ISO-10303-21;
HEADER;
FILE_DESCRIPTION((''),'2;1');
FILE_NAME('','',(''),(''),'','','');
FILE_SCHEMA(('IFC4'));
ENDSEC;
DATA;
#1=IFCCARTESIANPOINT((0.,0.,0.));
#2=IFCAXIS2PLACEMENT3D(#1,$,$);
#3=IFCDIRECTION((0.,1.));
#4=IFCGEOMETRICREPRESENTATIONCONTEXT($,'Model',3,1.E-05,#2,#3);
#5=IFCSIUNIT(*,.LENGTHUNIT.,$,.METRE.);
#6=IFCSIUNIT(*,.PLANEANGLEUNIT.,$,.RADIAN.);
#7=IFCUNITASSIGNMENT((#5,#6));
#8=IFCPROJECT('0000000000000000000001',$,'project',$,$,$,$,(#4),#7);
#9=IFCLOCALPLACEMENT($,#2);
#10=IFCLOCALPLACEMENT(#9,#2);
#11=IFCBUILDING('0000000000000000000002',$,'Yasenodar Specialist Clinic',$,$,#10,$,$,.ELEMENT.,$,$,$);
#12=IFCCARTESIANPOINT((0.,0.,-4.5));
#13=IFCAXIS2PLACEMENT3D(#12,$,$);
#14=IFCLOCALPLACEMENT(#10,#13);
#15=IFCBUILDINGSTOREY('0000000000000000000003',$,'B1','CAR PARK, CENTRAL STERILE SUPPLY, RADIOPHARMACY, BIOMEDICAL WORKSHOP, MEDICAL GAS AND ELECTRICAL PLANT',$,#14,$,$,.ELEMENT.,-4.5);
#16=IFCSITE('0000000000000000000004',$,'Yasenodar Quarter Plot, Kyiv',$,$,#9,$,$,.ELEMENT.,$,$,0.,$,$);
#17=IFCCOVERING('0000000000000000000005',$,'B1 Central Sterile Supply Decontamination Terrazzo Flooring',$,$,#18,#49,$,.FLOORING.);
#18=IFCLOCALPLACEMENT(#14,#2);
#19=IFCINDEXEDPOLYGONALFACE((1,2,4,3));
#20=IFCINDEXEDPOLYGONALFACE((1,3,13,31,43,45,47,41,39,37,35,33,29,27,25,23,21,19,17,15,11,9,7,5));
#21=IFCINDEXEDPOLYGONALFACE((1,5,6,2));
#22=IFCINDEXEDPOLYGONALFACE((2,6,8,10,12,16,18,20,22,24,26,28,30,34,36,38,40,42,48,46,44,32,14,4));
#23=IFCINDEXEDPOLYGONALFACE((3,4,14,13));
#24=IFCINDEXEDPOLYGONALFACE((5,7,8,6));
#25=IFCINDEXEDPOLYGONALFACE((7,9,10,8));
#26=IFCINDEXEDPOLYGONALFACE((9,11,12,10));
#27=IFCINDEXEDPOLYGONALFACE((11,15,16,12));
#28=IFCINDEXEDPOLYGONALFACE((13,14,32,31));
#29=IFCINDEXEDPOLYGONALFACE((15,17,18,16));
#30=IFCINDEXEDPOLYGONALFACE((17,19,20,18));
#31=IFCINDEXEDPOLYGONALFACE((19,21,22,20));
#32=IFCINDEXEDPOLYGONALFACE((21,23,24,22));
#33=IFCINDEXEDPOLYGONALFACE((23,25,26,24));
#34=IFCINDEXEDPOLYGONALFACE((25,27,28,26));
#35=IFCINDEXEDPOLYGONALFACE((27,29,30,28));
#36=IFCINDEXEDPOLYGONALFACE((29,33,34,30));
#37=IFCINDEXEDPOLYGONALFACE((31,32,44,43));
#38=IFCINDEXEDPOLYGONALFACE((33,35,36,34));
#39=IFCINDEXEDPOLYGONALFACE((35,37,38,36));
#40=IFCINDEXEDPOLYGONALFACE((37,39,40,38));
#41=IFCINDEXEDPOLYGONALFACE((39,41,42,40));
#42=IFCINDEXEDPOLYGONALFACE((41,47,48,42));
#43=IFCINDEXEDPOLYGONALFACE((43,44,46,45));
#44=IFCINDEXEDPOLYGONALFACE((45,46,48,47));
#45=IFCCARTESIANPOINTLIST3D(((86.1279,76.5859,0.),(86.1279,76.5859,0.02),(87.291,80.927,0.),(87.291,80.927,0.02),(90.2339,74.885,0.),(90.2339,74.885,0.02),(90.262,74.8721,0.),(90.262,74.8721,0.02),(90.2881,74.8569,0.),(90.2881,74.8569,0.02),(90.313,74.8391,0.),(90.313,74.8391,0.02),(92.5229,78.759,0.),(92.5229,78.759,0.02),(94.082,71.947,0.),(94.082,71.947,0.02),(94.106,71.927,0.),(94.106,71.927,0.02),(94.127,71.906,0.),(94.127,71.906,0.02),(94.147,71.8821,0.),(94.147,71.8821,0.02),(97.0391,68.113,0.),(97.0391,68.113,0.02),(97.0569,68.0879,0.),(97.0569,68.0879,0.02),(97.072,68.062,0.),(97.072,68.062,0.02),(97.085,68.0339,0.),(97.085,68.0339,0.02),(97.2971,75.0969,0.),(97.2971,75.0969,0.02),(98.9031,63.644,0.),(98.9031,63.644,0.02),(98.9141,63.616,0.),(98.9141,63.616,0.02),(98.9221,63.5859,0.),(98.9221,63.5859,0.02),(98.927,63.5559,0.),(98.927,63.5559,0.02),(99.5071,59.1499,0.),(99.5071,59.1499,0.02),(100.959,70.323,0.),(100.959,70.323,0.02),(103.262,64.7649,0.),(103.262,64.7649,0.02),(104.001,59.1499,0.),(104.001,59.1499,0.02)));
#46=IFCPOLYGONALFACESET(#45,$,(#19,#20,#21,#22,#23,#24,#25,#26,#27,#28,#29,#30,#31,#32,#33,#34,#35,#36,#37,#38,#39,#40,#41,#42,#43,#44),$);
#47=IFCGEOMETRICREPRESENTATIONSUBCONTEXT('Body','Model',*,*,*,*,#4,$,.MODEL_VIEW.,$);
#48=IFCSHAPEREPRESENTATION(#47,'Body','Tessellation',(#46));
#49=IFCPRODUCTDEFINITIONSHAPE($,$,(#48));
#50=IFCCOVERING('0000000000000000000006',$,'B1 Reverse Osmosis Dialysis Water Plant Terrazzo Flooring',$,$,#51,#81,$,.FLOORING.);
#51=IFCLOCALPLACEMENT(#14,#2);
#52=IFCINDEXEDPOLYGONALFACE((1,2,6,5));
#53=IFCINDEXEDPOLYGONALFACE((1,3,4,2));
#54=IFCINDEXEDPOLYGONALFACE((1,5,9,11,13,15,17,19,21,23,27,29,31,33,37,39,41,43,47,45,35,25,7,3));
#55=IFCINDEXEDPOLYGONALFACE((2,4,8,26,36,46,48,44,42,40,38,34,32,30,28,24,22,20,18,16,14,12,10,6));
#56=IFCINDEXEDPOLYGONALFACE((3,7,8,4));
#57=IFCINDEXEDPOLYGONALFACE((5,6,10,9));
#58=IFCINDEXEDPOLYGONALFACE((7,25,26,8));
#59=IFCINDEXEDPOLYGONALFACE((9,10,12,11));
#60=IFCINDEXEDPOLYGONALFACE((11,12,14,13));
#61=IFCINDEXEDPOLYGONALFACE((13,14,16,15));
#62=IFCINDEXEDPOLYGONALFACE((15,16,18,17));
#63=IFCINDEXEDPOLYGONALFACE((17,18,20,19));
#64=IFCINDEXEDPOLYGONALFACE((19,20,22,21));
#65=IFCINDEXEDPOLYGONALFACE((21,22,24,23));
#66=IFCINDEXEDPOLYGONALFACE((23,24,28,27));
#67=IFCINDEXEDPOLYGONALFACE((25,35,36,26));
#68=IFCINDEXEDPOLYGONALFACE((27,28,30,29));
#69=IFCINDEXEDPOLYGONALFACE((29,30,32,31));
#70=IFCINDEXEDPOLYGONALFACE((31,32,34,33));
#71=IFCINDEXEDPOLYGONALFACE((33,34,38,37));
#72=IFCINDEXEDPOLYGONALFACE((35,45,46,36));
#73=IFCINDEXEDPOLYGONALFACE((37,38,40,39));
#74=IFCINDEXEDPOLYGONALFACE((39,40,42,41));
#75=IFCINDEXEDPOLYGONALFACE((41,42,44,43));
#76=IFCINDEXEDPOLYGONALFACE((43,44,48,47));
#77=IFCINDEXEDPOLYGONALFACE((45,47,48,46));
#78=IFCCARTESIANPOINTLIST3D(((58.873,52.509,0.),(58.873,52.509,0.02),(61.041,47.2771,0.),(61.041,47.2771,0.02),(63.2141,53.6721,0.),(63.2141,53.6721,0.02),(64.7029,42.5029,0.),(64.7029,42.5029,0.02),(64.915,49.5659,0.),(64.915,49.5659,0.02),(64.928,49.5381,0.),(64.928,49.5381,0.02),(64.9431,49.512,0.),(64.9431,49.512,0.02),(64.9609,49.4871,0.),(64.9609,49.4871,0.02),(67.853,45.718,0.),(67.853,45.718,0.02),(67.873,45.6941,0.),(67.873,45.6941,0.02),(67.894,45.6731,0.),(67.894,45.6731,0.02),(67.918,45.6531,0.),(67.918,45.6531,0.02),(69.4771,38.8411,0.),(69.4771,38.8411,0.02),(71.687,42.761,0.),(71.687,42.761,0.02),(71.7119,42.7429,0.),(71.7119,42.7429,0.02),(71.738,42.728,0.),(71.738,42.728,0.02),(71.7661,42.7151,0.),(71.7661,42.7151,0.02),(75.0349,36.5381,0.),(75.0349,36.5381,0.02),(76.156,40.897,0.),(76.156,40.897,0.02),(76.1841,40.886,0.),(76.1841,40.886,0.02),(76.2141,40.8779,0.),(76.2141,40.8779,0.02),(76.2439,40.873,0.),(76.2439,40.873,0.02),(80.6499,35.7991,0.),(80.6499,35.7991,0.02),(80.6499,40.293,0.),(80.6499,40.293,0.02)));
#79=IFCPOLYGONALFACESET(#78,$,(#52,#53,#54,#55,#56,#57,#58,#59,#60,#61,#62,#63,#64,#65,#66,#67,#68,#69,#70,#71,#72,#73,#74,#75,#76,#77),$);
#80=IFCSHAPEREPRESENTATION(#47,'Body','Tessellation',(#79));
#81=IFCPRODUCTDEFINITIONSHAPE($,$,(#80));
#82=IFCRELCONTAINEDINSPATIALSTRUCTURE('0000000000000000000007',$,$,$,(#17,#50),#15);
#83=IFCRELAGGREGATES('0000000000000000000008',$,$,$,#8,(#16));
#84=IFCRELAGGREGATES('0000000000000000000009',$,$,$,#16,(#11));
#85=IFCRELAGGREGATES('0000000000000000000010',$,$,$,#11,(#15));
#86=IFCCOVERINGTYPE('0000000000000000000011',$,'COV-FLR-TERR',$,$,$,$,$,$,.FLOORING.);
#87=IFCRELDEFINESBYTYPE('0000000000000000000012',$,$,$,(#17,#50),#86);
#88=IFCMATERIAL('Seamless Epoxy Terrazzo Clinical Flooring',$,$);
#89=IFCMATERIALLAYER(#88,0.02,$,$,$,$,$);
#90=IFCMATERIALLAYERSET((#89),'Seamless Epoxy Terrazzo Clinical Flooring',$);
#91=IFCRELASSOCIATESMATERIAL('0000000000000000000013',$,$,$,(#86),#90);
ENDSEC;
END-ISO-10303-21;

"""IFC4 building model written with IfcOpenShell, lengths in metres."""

from ifc_helpers import new_model, si_unit, direction, frame, origin, place, context, subcontext, project, spatial, polyline, outline, extrude, material, layer, layer_set, type_object, element, save


model = new_model("IFC4")

# Units and contexts
model_context = context("Model", 3, precision=1e-05, world=origin(), true_north=direction((0.0, 1.0)))
body_context = subcontext(model_context, "Body", "Model", "MODEL_VIEW")
ifc_project = project(units=[si_unit("LENGTHUNIT", "METRE"), si_unit("PLANEANGLEUNIT", "RADIAN")], contexts=[model_context])

# Site, building, storey
site_placement = place(None, origin())
site = spatial("IfcSite", under=ifc_project, at=site_placement, Name="Yasenodar Quarter Plot, Kyiv", CompositionType="ELEMENT", RefElevation=0.0)
building_placement = place(site_placement, origin())
building = spatial("IfcBuilding", under=site, at=building_placement, Name="Yasenodar Specialist Clinic", CompositionType="ELEMENT")
storey_placement = place(building_placement, frame((0.0, 0.0, -4.5)))
storey = spatial("IfcBuildingStorey", under=building, at=storey_placement, Name="B1", Description="CAR PARK, CENTRAL STERILE SUPPLY, RADIOPHARMACY, BIOMEDICAL WORKSHOP, MEDICAL GAS AND ELECTRICAL PLANT", CompositionType="ELEMENT", Elevation=-4.5)

# Coverings
ifc_material_1 = material(Name="Seamless Epoxy Terrazzo Clinical Flooring")
ifc_layer_1 = layer(ifc_material_1, 0.02)
ifc_layer_set_1 = layer_set([ifc_layer_1], Name="Seamless Epoxy Terrazzo Clinical Flooring")
covering_type_1 = type_object("IfcCoveringType", Name="COV-FLR-TERR", PredefinedType="FLOORING", material=ifc_layer_set_1)
covering_1_placement = place(storey_placement, origin())
element("IfcCovering", 1, at=covering_1_placement, inside=storey, type_object=covering_type_1, Name="B1 Central Sterile Supply Decontamination Terrazzo Flooring", PredefinedType="FLOORING", context=body_context, shape_type="SweptSolid", body=[
    extrude(outline(polyline([(98.9221, 63.5859), (98.9141, 63.616), (98.9031, 63.644), (97.085, 68.0339), (97.072, 68.062), (97.0569, 68.0879), (97.0391, 68.113), (94.147, 71.8821), (94.127, 71.906), (94.106, 71.927), (94.082, 71.947), (90.313, 74.8391), (90.2881, 74.8569), (90.262, 74.8721), (90.2339, 74.885), (86.1279, 76.5859), (87.291, 80.927), (92.5229, 78.759), (97.2971, 75.0969), (100.959, 70.323), (103.262, 64.7649), (104.001, 59.1499), (99.5071, 59.1499), (98.927, 63.5559), (98.9221, 63.5859)])), origin(), (0.0, 0.0, 1.0), 0.02),
])
covering_2_placement = place(storey_placement, origin())
element("IfcCovering", 2, at=covering_2_placement, inside=storey, type_object=covering_type_1, Name="B1 Reverse Osmosis Dialysis Water Plant Terrazzo Flooring", PredefinedType="FLOORING", context=body_context, shape_type="SweptSolid", body=[
    extrude(outline(polyline([(64.928, 49.5381), (64.9431, 49.512), (64.9609, 49.4871), (67.853, 45.718), (67.873, 45.6941), (67.894, 45.6731), (67.918, 45.6531), (71.687, 42.761), (71.7119, 42.7429), (71.738, 42.728), (71.7661, 42.7151), (76.156, 40.897), (76.1841, 40.886), (76.2141, 40.8779), (76.2439, 40.873), (80.6499, 40.293), (80.6499, 35.7991), (75.0349, 36.5381), (69.4771, 38.8411), (64.7029, 42.5029), (61.041, 47.2771), (58.873, 52.509), (63.2141, 53.6721), (64.915, 49.5659), (64.928, 49.5381)])), origin(), (0.0, 0.0, 1.0), 0.02),
])

save(model, "model.ifc")
